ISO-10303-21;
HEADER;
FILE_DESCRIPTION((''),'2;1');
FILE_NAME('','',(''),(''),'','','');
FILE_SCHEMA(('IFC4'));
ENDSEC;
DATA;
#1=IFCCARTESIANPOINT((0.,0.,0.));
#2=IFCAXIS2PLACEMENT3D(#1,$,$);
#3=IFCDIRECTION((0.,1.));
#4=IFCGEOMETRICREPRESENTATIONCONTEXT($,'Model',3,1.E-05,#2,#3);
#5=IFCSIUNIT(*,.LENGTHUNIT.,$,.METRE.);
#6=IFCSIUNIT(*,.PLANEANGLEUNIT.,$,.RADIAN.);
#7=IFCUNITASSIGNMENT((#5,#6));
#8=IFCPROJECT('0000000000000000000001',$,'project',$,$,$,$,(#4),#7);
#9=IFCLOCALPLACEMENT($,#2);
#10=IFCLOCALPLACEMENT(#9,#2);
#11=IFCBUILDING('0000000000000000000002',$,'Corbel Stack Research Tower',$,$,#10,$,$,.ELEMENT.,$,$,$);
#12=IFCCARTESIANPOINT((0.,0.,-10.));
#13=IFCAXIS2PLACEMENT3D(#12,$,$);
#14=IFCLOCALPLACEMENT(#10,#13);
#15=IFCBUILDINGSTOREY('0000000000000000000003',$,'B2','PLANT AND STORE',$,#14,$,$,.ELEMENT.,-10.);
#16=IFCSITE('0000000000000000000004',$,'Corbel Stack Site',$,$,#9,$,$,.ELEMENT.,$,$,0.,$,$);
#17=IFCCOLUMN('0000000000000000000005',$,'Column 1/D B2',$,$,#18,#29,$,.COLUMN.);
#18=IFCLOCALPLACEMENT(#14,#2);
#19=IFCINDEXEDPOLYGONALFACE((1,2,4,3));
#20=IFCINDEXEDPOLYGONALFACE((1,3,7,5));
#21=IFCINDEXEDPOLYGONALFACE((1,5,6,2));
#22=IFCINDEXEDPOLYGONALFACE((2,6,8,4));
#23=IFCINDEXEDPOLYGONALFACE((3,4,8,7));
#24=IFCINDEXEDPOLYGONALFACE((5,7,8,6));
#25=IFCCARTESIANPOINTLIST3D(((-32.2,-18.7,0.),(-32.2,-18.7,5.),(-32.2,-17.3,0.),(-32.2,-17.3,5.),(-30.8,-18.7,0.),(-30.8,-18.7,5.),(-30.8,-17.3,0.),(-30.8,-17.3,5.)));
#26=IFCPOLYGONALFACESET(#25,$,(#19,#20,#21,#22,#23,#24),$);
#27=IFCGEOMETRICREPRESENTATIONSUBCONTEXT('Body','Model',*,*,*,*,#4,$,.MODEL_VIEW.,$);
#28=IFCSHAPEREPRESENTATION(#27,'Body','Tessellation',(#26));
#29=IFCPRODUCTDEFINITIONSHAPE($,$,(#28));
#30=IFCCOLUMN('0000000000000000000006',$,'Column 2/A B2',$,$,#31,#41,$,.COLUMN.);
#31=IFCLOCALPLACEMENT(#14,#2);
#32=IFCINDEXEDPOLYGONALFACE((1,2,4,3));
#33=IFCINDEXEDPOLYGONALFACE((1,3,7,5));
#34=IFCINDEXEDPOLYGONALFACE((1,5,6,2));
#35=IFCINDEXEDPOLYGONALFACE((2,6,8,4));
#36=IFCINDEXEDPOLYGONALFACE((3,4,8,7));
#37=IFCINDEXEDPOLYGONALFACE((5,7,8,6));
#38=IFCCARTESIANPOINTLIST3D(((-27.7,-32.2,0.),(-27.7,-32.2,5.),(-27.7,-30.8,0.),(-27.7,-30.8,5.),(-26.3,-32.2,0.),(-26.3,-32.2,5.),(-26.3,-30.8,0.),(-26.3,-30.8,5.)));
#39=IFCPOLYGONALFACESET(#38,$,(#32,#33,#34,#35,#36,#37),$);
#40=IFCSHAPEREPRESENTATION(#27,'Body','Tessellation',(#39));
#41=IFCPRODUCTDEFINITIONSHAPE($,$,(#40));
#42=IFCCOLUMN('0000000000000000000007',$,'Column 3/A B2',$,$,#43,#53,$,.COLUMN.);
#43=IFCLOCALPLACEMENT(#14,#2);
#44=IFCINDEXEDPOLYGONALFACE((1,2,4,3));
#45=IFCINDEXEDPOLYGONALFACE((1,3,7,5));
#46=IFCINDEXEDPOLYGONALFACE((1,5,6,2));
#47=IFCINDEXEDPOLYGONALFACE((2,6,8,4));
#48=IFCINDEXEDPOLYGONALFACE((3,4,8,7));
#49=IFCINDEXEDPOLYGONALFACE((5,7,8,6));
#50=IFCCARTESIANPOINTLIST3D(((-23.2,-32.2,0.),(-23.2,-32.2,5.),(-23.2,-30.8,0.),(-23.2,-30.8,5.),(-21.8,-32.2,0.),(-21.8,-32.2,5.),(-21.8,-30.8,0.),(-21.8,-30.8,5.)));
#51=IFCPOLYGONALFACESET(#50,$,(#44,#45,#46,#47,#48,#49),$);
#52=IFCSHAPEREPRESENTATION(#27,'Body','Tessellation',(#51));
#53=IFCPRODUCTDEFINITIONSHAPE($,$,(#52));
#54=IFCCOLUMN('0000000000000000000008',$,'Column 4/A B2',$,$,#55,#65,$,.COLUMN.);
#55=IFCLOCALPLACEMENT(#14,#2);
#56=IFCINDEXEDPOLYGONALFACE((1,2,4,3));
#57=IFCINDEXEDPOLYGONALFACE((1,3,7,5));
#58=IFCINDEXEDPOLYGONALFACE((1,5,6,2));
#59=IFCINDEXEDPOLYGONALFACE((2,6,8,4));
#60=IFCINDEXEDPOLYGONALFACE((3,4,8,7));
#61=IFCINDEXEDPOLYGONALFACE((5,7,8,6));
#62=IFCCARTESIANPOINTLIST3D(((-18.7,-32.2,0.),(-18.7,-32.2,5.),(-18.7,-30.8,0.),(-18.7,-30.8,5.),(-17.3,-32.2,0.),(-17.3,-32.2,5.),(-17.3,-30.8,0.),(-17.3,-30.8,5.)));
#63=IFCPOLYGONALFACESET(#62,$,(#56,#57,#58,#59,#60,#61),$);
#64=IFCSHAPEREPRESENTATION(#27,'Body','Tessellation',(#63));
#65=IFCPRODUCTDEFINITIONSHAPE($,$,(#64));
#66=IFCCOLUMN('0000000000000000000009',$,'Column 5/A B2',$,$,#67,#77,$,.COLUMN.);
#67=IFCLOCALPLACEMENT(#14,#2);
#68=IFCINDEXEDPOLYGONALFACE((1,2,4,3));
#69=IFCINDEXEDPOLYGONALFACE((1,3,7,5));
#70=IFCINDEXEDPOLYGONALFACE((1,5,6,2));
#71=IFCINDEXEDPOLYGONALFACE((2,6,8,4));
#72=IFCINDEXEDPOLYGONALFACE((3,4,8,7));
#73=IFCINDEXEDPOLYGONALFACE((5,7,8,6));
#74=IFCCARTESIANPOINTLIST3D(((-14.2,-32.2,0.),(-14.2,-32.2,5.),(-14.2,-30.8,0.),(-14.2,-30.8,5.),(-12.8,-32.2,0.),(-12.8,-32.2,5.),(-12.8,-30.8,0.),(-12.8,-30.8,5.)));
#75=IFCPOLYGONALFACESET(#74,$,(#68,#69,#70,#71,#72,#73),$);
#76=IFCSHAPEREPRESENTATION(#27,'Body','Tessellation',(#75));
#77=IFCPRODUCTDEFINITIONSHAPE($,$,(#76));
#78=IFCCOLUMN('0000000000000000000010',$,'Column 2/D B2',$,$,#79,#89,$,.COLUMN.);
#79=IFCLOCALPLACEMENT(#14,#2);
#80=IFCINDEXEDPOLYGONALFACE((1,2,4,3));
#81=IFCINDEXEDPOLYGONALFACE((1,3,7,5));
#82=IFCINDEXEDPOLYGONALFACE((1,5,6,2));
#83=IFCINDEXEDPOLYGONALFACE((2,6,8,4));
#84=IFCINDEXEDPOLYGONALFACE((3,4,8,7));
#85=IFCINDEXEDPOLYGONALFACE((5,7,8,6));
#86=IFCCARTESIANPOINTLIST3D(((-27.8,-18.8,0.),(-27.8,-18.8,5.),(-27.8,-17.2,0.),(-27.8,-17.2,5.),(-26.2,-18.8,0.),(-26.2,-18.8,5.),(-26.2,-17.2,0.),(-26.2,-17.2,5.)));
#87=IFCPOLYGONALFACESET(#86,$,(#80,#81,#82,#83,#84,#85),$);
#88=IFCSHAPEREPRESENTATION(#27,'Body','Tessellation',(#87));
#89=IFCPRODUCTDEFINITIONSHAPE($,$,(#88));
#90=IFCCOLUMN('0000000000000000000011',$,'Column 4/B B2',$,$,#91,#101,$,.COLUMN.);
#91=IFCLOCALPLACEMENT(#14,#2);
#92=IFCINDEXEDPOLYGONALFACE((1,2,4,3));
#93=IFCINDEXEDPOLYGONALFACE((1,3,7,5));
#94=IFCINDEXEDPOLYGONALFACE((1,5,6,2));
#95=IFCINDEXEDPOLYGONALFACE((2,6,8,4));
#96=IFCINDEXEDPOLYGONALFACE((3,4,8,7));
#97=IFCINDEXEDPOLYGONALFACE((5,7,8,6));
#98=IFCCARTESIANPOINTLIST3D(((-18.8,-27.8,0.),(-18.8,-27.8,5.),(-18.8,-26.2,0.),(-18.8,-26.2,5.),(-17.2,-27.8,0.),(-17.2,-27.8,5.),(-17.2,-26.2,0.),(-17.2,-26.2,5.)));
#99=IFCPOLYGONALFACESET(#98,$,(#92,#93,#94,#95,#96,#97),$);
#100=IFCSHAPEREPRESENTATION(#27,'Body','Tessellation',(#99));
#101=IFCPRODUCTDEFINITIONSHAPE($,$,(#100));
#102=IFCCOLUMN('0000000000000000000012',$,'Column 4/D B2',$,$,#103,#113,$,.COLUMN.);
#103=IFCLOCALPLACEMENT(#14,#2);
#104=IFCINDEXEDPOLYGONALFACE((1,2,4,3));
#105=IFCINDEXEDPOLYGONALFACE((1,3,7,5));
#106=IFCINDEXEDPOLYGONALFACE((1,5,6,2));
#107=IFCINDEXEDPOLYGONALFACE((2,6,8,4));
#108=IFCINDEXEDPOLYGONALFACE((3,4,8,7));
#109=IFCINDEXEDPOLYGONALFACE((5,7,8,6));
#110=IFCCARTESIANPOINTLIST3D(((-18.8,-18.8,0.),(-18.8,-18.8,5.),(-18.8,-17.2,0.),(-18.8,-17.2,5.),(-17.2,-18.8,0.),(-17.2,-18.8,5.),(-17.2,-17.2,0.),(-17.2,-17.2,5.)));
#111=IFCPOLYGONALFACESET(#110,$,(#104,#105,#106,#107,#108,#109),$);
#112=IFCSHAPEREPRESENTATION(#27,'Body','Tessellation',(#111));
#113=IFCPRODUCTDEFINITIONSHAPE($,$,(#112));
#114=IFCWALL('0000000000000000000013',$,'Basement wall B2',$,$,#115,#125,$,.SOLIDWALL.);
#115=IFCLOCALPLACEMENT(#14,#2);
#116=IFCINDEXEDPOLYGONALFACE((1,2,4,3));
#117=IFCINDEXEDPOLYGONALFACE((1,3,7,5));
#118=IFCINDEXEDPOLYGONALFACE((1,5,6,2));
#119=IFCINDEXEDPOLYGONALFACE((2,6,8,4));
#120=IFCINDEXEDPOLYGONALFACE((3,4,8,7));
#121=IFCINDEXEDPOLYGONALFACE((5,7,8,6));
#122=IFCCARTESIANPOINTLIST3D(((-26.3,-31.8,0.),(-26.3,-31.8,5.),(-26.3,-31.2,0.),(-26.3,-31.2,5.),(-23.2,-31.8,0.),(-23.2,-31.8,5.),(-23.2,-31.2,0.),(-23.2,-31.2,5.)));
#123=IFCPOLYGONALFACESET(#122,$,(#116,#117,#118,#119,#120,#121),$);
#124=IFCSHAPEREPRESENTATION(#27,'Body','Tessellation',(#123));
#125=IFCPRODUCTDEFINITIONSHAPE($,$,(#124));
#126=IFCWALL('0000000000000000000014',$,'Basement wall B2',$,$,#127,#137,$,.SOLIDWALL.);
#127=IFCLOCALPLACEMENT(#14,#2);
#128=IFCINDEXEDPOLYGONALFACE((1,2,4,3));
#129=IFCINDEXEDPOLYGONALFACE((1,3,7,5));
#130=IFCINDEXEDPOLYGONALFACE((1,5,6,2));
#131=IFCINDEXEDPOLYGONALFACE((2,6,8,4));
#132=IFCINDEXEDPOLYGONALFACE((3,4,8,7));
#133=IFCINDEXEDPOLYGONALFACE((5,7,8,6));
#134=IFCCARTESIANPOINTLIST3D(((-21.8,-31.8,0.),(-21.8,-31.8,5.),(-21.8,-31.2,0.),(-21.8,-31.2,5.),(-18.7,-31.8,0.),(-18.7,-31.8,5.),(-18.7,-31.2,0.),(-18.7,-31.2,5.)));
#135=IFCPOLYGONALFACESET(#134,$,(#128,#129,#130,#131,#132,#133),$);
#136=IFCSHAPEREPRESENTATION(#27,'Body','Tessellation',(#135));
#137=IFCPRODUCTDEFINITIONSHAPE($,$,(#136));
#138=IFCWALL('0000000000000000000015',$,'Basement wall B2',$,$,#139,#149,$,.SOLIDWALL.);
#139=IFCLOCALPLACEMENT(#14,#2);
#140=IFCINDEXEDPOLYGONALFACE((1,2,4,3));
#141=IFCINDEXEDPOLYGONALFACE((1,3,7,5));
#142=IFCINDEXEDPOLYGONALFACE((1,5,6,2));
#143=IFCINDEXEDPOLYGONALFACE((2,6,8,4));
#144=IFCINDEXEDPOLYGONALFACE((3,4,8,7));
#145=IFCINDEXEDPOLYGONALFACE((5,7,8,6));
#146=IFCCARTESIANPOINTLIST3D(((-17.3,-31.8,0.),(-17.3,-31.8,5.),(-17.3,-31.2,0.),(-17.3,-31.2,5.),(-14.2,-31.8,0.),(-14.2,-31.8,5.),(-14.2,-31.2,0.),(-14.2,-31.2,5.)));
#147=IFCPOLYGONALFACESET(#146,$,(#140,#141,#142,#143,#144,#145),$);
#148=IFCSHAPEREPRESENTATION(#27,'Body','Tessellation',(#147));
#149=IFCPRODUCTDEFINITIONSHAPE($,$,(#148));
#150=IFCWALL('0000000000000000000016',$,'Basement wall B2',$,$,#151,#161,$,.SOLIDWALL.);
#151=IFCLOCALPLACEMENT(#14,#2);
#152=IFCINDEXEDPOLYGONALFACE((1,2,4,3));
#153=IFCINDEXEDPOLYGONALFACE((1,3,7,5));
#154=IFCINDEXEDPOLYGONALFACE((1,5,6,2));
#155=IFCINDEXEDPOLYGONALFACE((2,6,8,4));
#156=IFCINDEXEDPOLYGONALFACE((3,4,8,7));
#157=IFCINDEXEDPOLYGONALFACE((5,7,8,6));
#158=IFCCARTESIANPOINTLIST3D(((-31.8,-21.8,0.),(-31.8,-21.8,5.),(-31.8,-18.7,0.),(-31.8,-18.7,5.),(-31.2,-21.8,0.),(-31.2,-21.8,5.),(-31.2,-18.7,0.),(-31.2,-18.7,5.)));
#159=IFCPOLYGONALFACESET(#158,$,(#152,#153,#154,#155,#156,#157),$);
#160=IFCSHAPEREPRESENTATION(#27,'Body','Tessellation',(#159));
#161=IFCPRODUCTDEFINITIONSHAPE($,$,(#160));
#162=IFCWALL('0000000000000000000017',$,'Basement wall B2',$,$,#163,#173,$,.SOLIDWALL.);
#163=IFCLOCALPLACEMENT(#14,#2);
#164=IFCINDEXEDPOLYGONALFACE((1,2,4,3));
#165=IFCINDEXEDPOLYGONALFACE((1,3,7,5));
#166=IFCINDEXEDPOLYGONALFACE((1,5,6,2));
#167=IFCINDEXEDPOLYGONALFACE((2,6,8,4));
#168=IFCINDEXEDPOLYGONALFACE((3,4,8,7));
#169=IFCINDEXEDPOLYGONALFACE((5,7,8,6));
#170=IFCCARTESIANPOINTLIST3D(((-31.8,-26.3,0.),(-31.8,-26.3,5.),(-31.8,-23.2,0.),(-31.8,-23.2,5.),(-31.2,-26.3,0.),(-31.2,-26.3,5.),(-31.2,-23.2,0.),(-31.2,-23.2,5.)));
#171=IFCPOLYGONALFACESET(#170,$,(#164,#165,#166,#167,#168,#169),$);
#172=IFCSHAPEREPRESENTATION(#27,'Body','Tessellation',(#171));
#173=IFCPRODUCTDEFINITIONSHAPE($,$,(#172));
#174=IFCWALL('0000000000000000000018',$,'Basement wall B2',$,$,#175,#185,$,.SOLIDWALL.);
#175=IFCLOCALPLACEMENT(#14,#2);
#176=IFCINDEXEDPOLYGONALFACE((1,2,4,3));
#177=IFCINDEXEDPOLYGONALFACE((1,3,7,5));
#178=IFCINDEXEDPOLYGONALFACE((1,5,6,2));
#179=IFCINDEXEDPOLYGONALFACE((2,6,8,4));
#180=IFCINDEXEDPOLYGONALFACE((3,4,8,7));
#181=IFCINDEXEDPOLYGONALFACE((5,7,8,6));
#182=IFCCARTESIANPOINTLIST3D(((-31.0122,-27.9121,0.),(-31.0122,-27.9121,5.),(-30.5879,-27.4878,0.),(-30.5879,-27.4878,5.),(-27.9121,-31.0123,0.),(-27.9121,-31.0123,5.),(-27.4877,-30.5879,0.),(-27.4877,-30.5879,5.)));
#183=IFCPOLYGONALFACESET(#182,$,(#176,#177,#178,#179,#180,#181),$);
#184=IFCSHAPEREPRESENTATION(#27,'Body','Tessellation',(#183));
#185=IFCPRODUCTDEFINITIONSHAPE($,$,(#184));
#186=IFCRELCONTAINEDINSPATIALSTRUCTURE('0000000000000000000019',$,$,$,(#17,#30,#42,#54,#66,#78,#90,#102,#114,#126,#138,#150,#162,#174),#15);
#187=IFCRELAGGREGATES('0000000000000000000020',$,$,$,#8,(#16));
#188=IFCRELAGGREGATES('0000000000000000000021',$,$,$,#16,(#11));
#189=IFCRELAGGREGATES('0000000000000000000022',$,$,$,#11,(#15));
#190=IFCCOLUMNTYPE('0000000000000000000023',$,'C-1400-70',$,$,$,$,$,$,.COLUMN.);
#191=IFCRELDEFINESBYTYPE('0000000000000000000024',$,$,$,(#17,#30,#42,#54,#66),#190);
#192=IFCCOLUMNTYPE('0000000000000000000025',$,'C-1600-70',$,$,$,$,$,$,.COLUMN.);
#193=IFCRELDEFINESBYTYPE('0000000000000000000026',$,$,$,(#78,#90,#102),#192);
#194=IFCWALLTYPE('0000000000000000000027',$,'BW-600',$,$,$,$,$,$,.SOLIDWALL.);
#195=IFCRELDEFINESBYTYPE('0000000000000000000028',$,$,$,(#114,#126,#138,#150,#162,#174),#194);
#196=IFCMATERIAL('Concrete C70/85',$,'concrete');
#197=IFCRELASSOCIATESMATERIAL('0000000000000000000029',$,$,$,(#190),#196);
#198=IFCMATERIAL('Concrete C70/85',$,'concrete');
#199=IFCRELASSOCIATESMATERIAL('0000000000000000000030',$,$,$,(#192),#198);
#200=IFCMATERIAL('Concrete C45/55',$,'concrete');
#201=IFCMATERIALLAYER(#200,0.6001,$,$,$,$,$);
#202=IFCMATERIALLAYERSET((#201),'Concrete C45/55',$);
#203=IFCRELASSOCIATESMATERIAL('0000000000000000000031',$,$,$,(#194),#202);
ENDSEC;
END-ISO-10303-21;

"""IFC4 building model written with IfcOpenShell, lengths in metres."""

from ifc_helpers import new_model, si_unit, direction, frame, frame_2d, origin, origin_2d, place, context, subcontext, project, spatial, rectangle, extrude, material, layer, layer_set, material_profile, profile_set, type_object, element, save


model = new_model("IFC4")

# Units and contexts
model_context = context("Model", 3, precision=1e-05, world=origin(), true_north=direction((0.0, 1.0)))
body_context = subcontext(model_context, "Body", "Model", "MODEL_VIEW")
ifc_project = project(units=[si_unit("LENGTHUNIT", "METRE"), si_unit("PLANEANGLEUNIT", "RADIAN")], contexts=[model_context])

# Site, building, storey
site_placement = place(None, origin())
site = spatial("IfcSite", under=ifc_project, at=site_placement, Name="Corbel Stack Site", CompositionType="ELEMENT", RefElevation=0.0)
building_placement = place(site_placement, origin())
building = spatial("IfcBuilding", under=site, at=building_placement, Name="Corbel Stack Research Tower", CompositionType="ELEMENT")
storey_placement = place(building_placement, frame((0.0, 0.0, -10.0)))
storey = spatial("IfcBuildingStorey", under=building, at=storey_placement, Name="B2", Description="PLANT AND STORE", CompositionType="ELEMENT", Elevation=-10.0)

# Columns
ifc_material_1 = material(Name="Concrete C70/85", Category="concrete")
ifc_material_profile_1 = material_profile(ifc_material_1, rectangle(XDim=1.3999, YDim=1.3999, at=origin_2d()), Name="RC 1400 x 1400")
ifc_profile_set_1 = profile_set([ifc_material_profile_1], Name="Concrete C70/85")
column_type_1 = type_object("IfcColumnType", Name="C-1400-70", PredefinedType="COLUMN", material=ifc_profile_set_1)
for number, where, z_axis, x_axis, name in (
    (1, (-31.5, -18.0, 0.0), (0.0, 0.0, 1.0), (1.0, 0.0, 0.0), "Column 1/D B2"),
    (2, (-27.0, -31.5, 0.0), (0.0, 0.0, 1.0), (1.0, 0.0, 0.0), "Column 2/A B2"),
    (3, (-22.5, -31.5, 0.0), (0.0, 0.0, 1.0), (1.0, 0.0, 0.0), "Column 3/A B2"),
    (4, (-18.0, -31.5, 0.0), (0.0, 0.0, 1.0), (1.0, 0.0, 0.0), "Column 4/A B2"),
    (5, (-13.5, -31.5, 0.0), (0.0, 0.0, 1.0), (1.0, 0.0, 0.0), "Column 5/A B2"),
):
    element("IfcColumn", number, at=place(storey_placement, frame(where, z_axis=z_axis, x_axis=x_axis)), inside=storey, type_object=column_type_1, Name=name, PredefinedType="COLUMN", context=body_context, shape_type="SweptSolid", body=[
        extrude(rectangle(XDim=1.3999, YDim=1.3999, at=origin_2d()), origin(), (0.0, 0.0, 1.0), 5.0),
    ])
ifc_material_2 = material(Name="Concrete C70/85", Category="concrete")
ifc_material_profile_2 = material_profile(ifc_material_2, rectangle(XDim=1.6001, YDim=1.6001, at=origin_2d()), Name="RC 1600 x 1600")
ifc_profile_set_2 = profile_set([ifc_material_profile_2], Name="Concrete C70/85")
column_type_2 = type_object("IfcColumnType", Name="C-1600-70", PredefinedType="COLUMN", material=ifc_profile_set_2)
for number, where, z_axis, x_axis, name in (
    (6, (-27.0, -18.0, 0.0), (0.0, 0.0, 1.0), (1.0, 0.0, 0.0), "Column 2/D B2"),
    (7, (-18.0, -27.0, 0.0), (0.0, 0.0, 1.0), (1.0, 0.0, 0.0), "Column 4/B B2"),
    (8, (-18.0, -18.0, 0.0), (0.0, 0.0, 1.0), (1.0, 0.0, 0.0), "Column 4/D B2"),
):
    element("IfcColumn", number, at=place(storey_placement, frame(where, z_axis=z_axis, x_axis=x_axis)), inside=storey, type_object=column_type_2, Name=name, PredefinedType="COLUMN", context=body_context, shape_type="SweptSolid", body=[
        extrude(rectangle(XDim=1.6001, YDim=1.6001, at=origin_2d()), origin(), (0.0, 0.0, 1.0), 5.0),
    ])

# Walls
ifc_material_3 = material(Name="Concrete C45/55", Category="concrete")
ifc_layer = layer(ifc_material_3, 0.6001)
ifc_layer_set = layer_set([ifc_layer], Name="Concrete C45/55")
wall_type = type_object("IfcWallType", Name="BW-600", PredefinedType="SOLIDWALL", material=ifc_layer_set)
for number, where, z_axis, x_axis, name in (
    (9, (-26.3, -31.5, 0.0), (0.0, 0.0, 1.0), (1.0, 0.0, 0.0), "Basement wall B2"),
    (10, (-21.8, -31.5, 0.0), (0.0, 0.0, 1.0), (1.0, 0.0, 0.0), "Basement wall B2"),
    (11, (-17.3, -31.5, 0.0), (0.0, 0.0, 1.0), (1.0, 0.0, 0.0), "Basement wall B2"),
    (12, (-31.5, -18.7, 0.0), (0.0, 0.0, 1.0), (0.0, -1.0, 0.0), "Basement wall B2"),
    (13, (-31.5, -23.2, 0.0), (0.0, 0.0, 1.0), (0.0, -1.0, 0.0), "Basement wall B2"),
):
    element("IfcWall", number, at=place(storey_placement, frame(where, z_axis=z_axis, x_axis=x_axis)), inside=storey, type_object=wall_type, Name=name, PredefinedType="SOLIDWALL", context=body_context, shape_type="SweptSolid", body=[
        extrude(rectangle(XDim=3.1001, YDim=0.6001, at=frame_2d((1.55, 0.0))), origin(), (0.0, 0.0, 1.0), 5.0),
    ])
wall_placement = place(storey_placement, frame((-30.8, -27.7, 0.0), z_axis=(0.0, 0.0, 1.0), x_axis=(0.707107, -0.707107, 0.0)))
element("IfcWall", 14, at=wall_placement, inside=storey, type_object=wall_type, Name="Basement wall B2", PredefinedType="SOLIDWALL", context=body_context, shape_type="SweptSolid", body=[
    extrude(rectangle(XDim=4.3843, YDim=0.6001, at=frame_2d((2.1921, 0.0))), origin(), (0.0, 0.0, 1.0), 5.0),
])

save(model, "model.ifc")
